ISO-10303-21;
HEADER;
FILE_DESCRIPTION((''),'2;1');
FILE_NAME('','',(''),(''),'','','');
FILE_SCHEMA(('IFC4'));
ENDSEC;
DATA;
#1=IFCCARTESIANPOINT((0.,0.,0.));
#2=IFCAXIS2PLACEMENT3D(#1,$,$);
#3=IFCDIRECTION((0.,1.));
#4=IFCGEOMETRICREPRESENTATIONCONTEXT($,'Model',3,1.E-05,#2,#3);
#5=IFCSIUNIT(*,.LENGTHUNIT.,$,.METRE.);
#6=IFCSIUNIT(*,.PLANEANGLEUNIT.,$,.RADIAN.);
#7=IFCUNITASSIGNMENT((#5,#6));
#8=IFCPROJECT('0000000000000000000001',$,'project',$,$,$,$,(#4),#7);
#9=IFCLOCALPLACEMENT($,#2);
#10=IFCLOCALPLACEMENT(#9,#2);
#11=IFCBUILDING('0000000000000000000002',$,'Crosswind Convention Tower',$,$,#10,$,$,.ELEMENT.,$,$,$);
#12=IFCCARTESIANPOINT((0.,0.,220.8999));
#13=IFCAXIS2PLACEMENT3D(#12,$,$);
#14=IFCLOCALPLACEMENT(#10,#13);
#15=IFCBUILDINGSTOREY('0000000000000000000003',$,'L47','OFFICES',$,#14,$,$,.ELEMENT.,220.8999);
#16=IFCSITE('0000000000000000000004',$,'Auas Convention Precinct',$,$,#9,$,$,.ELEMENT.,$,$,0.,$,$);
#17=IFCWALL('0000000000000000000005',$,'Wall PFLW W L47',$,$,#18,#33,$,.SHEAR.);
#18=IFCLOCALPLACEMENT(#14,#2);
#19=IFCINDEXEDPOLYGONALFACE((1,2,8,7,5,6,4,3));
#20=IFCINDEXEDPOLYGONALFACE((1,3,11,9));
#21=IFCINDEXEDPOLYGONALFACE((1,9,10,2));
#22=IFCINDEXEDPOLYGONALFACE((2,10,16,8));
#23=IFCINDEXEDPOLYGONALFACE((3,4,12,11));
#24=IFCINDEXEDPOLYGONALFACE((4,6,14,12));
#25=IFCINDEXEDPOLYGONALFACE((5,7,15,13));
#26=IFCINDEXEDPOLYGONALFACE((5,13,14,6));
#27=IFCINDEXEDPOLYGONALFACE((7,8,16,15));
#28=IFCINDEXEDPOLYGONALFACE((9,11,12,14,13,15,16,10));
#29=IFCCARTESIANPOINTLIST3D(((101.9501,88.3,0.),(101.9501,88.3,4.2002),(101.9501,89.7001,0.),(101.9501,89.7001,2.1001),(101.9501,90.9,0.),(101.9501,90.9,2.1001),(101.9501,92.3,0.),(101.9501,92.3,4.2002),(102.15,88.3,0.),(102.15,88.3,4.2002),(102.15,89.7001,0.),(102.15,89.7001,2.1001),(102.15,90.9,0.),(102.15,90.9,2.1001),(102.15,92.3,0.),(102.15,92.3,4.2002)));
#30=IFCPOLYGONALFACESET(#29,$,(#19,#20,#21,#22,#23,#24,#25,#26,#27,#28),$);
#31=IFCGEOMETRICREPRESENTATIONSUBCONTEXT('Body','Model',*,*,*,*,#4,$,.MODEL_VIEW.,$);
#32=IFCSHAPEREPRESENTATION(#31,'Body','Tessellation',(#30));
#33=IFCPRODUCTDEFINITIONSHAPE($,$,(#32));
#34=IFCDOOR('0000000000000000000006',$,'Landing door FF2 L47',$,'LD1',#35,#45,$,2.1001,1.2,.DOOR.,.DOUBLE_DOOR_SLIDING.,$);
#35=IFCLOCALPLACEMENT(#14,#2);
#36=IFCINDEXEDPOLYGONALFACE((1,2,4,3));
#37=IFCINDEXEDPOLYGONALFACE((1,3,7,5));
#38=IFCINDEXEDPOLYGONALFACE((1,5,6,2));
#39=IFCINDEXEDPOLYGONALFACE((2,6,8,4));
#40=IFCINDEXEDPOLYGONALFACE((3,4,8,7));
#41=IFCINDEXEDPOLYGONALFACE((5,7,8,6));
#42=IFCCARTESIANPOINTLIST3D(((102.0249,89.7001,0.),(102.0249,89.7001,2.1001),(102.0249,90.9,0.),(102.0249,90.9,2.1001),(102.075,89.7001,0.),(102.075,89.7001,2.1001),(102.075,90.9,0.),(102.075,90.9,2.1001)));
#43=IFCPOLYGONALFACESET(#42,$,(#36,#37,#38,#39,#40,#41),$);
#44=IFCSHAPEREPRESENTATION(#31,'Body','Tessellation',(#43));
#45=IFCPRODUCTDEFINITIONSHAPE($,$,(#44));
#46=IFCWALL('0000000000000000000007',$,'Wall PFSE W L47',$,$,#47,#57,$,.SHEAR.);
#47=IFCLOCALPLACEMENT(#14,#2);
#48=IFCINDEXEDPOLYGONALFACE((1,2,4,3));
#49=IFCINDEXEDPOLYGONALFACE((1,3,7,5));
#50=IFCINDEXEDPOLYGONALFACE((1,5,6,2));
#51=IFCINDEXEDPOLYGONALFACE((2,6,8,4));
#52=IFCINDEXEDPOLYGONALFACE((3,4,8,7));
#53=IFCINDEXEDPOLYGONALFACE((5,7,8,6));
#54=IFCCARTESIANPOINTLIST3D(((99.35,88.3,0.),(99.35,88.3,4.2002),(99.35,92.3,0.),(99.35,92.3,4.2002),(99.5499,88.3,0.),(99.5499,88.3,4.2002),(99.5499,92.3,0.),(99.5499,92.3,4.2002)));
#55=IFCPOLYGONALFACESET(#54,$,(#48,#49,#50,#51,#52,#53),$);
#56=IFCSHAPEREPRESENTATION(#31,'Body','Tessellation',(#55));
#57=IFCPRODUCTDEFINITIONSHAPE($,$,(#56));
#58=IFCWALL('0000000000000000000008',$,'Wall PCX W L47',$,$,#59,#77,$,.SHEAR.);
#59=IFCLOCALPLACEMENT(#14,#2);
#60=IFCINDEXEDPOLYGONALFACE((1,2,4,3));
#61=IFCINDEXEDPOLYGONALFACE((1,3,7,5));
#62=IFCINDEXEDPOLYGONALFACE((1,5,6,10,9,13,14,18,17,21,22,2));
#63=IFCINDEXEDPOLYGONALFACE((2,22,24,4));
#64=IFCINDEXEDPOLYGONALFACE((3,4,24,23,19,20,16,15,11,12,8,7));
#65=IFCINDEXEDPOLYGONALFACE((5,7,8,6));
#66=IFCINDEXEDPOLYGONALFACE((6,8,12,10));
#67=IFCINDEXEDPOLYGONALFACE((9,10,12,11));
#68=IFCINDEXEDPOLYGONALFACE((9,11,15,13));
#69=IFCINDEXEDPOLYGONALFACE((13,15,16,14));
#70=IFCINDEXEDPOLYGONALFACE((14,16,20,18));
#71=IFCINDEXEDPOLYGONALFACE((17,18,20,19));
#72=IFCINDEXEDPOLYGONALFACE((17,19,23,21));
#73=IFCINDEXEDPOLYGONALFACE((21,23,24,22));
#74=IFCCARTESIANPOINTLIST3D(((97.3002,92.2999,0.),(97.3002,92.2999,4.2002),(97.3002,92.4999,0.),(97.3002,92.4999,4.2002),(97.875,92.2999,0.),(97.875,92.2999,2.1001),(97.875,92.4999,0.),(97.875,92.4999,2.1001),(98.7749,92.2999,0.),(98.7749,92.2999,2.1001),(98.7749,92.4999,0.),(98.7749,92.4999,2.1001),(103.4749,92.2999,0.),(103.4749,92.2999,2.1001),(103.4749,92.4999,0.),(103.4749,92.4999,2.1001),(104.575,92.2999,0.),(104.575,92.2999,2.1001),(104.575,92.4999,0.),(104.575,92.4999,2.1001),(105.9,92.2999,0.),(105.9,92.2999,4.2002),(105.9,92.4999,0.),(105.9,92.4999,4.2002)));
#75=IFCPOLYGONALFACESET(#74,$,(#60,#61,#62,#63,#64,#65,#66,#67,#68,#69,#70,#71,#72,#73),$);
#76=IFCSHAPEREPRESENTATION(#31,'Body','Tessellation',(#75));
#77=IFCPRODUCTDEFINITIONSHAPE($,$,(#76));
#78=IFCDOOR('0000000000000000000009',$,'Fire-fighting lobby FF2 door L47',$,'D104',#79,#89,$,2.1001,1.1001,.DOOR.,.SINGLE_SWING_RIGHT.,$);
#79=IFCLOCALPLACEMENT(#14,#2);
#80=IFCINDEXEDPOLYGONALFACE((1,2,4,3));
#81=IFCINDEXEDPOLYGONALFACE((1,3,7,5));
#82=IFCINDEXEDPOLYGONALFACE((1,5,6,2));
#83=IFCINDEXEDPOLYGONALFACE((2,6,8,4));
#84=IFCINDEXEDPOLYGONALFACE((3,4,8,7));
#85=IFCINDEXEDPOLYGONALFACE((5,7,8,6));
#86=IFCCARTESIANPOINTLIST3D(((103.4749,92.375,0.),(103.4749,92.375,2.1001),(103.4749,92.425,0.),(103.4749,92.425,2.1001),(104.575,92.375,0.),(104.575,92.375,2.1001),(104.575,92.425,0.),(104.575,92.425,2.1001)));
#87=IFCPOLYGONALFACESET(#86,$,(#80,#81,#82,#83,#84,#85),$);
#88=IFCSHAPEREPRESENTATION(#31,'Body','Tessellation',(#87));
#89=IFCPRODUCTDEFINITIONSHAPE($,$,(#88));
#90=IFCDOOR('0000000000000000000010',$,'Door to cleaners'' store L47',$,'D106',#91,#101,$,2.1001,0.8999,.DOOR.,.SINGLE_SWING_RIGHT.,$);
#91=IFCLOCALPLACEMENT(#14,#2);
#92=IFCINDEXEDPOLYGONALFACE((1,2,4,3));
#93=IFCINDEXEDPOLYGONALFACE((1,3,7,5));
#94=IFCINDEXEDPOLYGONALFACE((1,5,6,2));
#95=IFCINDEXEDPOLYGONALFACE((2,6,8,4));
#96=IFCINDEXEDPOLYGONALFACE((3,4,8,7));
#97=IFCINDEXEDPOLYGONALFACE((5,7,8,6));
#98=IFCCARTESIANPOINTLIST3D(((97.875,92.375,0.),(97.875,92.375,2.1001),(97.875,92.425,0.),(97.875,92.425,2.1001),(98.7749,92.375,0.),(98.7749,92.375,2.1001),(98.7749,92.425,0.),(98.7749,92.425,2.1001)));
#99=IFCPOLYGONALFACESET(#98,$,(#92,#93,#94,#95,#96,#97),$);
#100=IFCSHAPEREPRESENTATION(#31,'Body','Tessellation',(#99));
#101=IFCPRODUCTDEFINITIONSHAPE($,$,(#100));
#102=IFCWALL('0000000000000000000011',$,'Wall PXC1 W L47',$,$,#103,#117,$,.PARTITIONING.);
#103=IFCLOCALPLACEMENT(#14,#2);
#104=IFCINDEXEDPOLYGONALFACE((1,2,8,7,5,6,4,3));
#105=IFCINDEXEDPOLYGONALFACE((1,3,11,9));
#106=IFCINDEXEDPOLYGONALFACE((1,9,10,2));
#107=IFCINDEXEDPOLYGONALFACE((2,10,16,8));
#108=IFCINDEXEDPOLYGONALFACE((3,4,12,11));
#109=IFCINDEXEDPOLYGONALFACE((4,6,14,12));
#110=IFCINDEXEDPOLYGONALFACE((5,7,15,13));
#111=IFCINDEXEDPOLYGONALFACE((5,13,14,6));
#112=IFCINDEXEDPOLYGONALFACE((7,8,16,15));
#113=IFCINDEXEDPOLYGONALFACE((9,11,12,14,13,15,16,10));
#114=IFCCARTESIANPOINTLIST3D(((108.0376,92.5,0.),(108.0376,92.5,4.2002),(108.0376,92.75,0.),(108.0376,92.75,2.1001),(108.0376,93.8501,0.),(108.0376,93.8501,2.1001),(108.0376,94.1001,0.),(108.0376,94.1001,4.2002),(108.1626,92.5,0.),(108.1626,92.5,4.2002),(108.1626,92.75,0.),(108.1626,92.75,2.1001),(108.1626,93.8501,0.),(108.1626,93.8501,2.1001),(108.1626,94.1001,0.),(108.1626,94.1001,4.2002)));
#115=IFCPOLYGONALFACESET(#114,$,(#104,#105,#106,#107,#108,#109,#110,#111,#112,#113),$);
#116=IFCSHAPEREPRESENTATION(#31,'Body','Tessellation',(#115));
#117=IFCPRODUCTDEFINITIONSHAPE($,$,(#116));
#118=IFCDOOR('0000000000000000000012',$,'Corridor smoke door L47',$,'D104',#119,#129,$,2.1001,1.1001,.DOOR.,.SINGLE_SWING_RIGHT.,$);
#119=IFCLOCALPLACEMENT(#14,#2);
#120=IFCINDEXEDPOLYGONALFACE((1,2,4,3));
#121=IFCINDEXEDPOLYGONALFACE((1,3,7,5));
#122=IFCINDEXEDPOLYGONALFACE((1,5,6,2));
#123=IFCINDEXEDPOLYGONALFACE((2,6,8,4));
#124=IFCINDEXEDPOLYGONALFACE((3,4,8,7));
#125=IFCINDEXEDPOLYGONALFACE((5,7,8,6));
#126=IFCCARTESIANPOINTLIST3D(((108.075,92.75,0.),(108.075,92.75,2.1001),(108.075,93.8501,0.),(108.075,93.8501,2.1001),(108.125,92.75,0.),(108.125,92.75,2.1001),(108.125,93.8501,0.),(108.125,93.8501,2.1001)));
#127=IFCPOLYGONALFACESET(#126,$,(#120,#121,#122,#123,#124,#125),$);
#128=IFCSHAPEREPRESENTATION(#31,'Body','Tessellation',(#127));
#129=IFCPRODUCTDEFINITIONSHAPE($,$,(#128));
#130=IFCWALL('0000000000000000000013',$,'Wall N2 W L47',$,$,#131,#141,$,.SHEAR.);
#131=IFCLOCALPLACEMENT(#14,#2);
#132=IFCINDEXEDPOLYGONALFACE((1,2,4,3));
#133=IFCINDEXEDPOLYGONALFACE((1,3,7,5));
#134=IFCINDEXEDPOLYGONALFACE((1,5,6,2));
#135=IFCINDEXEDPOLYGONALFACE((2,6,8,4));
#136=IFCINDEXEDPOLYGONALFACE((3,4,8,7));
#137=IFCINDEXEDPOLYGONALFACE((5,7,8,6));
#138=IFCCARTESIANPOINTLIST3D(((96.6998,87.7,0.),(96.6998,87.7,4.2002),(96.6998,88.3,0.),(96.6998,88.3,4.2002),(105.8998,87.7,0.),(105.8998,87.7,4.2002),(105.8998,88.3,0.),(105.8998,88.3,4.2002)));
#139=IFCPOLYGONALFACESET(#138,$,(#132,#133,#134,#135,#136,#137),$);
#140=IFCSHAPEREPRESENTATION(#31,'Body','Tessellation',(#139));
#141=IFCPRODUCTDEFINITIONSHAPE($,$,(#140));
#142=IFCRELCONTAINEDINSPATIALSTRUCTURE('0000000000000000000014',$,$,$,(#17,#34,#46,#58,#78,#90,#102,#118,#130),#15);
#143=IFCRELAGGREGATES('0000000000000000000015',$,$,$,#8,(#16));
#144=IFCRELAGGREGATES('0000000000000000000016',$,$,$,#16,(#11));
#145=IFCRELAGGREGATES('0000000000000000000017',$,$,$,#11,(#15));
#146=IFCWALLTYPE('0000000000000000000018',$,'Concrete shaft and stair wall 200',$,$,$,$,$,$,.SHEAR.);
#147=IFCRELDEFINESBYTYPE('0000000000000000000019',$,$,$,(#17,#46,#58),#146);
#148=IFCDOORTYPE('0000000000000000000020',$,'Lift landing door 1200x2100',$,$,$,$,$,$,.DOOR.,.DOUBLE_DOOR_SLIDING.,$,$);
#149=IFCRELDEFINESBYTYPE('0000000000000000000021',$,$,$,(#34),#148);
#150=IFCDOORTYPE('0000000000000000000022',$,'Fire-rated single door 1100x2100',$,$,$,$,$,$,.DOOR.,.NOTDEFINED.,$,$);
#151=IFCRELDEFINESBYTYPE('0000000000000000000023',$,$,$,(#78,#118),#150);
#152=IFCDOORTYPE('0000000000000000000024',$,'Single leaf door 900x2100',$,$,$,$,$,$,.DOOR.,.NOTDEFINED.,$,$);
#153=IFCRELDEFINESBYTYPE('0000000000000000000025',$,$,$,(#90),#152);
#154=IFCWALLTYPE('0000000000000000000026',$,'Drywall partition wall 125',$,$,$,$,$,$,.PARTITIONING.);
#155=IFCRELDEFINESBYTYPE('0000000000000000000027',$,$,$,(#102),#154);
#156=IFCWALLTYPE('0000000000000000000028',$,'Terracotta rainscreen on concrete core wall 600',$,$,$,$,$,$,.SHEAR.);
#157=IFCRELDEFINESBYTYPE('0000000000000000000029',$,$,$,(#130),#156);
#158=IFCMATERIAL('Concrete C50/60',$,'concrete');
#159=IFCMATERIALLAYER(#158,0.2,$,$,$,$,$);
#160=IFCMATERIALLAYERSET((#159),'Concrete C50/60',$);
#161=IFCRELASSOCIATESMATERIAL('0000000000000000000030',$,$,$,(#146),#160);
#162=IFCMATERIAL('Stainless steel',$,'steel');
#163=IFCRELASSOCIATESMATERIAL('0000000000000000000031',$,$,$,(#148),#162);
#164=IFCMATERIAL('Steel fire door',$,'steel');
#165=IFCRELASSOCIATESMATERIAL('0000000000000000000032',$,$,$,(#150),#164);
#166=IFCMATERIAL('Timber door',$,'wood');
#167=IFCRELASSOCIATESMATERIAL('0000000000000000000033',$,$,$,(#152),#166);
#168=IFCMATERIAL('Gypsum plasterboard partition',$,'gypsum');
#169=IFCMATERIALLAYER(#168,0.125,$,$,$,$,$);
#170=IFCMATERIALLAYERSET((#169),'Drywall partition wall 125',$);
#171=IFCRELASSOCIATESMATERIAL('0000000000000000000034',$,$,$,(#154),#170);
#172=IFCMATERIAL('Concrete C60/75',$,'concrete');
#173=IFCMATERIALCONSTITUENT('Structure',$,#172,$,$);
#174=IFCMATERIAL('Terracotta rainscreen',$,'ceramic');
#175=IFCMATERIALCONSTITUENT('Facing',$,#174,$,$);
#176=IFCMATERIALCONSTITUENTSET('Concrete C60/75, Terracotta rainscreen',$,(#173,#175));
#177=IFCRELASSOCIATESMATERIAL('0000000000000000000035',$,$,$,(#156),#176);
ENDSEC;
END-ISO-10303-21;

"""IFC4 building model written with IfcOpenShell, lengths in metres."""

from ifc_helpers import new_model, si_unit, direction, frame, frame_2d, origin, place, context, subcontext, project, spatial, rectangle, extrude, material, layer, layer_set, constituent, constituent_set, type_object, element, fill, save


model = new_model("IFC4")

# Units and contexts
model_context = context("Model", 3, precision=1e-05, world=origin(), true_north=direction((0.0, 1.0)))
body_context = subcontext(model_context, "Body", "Model", "MODEL_VIEW")
ifc_project = project(units=[si_unit("LENGTHUNIT", "METRE"), si_unit("PLANEANGLEUNIT", "RADIAN")], contexts=[model_context])

# Site, building, storey
site_placement = place(None, origin())
site = spatial("IfcSite", under=ifc_project, at=site_placement, Name="Auas Convention Precinct", CompositionType="ELEMENT", RefElevation=0.0)
building_placement = place(site_placement, origin())
building = spatial("IfcBuilding", under=site, at=building_placement, Name="Crosswind Convention Tower", CompositionType="ELEMENT")
storey_placement = place(building_placement, frame((0.0, 0.0, 220.8999)))
storey = spatial("IfcBuildingStorey", under=building, at=storey_placement, Name="L47", Description="OFFICES", CompositionType="ELEMENT", Elevation=220.8999)

# Shared definitions
ifc_material_1 = material(Name="Concrete C50/60", Category="concrete")
ifc_layer_1 = layer(ifc_material_1, 0.2)
ifc_layer_set_1 = layer_set([ifc_layer_1], Name="Concrete C50/60")
wall_type_1 = type_object("IfcWallType", Name="Concrete shaft and stair wall 200", PredefinedType="SHEAR", material=ifc_layer_set_1)

# Wall, opening, door
wall_1_placement = place(storey_placement, frame((102.05, 92.3, 0.0), z_axis=(0.0, 0.0, 1.0), x_axis=(0.0, -1.0, 0.0)))
wall_1 = element("IfcWall", 1, at=wall_1_placement, inside=storey, type_object=wall_type_1, Name="Wall PFLW W L47", PredefinedType="SHEAR", context=body_context, shape_type="SweptSolid", body=[
    extrude(rectangle(XDim=4.0, YDim=0.2, at=frame_2d((2.0, 0.0))), origin(), (0.0, 0.0, 1.0), 4.2002),
])
opening_1_placement = place(wall_1_placement, frame((1.3999, 0.0, 0.0)))
opening_1 = element("IfcOpeningElement", 2, at=opening_1_placement, cuts=wall_1, PredefinedType="OPENING", context=body_context, shape_type="SweptSolid", body=[
    extrude(rectangle(XDim=1.2, YDim=2.1001, at=frame_2d((0.6001, 1.05))), frame((0.0, 0.1099, 0.0), z_axis=(0.0, -1.0, 0.0), x_axis=(1.0, 0.0, 0.0)), (0.0, 0.0, 1.0), 0.22),
])
ifc_material_2 = material(Name="Stainless steel", Category="steel")
door_type_1 = type_object("IfcDoorType", Name="Lift landing door 1200x2100", OperationType="DOUBLE_DOOR_SLIDING", PredefinedType="DOOR", material=ifc_material_2)
door_1_placement = place(opening_1_placement, origin())
door_1 = element("IfcDoor", 3, at=door_1_placement, inside=storey, type_object=door_type_1, Name="Landing door FF2 L47", ObjectType="LD1", OperationType="DOUBLE_DOOR_SLIDING", OverallHeight=2.1001, OverallWidth=1.2, PredefinedType="DOOR", context=body_context, shape_type="SweptSolid", body=[
    extrude(rectangle(XDim=1.2, YDim=2.1001, at=frame_2d((0.6001, 1.05))), frame((0.0, 0.0249, 0.0), z_axis=(0.0, -1.0, 0.0), x_axis=(1.0, 0.0, 0.0)), (0.0, 0.0, 1.0), 0.05),
])
fill(opening_1, door_1)

# Wall
wall_2_placement = place(storey_placement, frame((99.45, 92.3, 0.0), z_axis=(0.0, 0.0, 1.0), x_axis=(0.0, -1.0, 0.0)))
element("IfcWall", 4, at=wall_2_placement, inside=storey, type_object=wall_type_1, Name="Wall PFSE W L47", PredefinedType="SHEAR", context=body_context, shape_type="SweptSolid", body=[
    extrude(rectangle(XDim=4.0, YDim=0.2, at=frame_2d((2.0, 0.0))), origin(), (0.0, 0.0, 1.0), 4.2002),
])

# Wall, openings, doors
wall_3_placement = place(storey_placement, frame((105.8999, 92.3999, 0.0), z_axis=(0.0, 0.0, 1.0), x_axis=(-1.0, 0.0, 0.0)))
wall_3 = element("IfcWall", 5, at=wall_3_placement, inside=storey, type_object=wall_type_1, Name="Wall PCX W L47", PredefinedType="SHEAR", context=body_context, shape_type="SweptSolid", body=[
    extrude(rectangle(XDim=8.5999, YDim=0.2, at=frame_2d((4.2998, 0.0))), origin(), (0.0, 0.0, 1.0), 4.2002),
])
opening_2_placement = place(wall_3_placement, frame((1.325, 0.0, 0.0)))
opening_2 = element("IfcOpeningElement", 6, at=opening_2_placement, cuts=wall_3, PredefinedType="OPENING", context=body_context, shape_type="SweptSolid", body=[
    extrude(rectangle(XDim=1.1001, YDim=2.1001, at=frame_2d((0.55, 1.05))), frame((0.0, 0.1099, 0.0), z_axis=(0.0, -1.0, 0.0), x_axis=(1.0, 0.0, 0.0)), (0.0, 0.0, 1.0), 0.22),
])
opening_3_placement = place(wall_3_placement, frame((7.125, 0.0, 0.0)))
opening_3 = element("IfcOpeningElement", 7, at=opening_3_placement, cuts=wall_3, PredefinedType="OPENING", context=body_context, shape_type="SweptSolid", body=[
    extrude(rectangle(XDim=0.8999, YDim=2.1001, at=frame_2d((0.45, 1.05))), frame((0.0, 0.1099, 0.0), z_axis=(0.0, -1.0, 0.0), x_axis=(1.0, 0.0, 0.0)), (0.0, 0.0, 1.0), 0.22),
])
ifc_material_3 = material(Name="Steel fire door", Category="steel")
door_type_2 = type_object("IfcDoorType", Name="Fire-rated single door 1100x2100", OperationType="NOTDEFINED", PredefinedType="DOOR", material=ifc_material_3)
door_2_placement = place(opening_2_placement, origin())
door_2 = element("IfcDoor", 8, at=door_2_placement, inside=storey, type_object=door_type_2, Name="Fire-fighting lobby FF2 door L47", ObjectType="D104", OperationType="SINGLE_SWING_RIGHT", OverallHeight=2.1001, OverallWidth=1.1001, PredefinedType="DOOR", context=body_context, shape_type="SweptSolid", body=[
    extrude(rectangle(XDim=1.1001, YDim=2.1001, at=frame_2d((0.55, 1.05))), frame((0.0, 0.0249, 0.0), z_axis=(0.0, -1.0, 0.0), x_axis=(1.0, 0.0, 0.0)), (0.0, 0.0, 1.0), 0.05),
])
fill(opening_2, door_2)
ifc_material_4 = material(Name="Timber door", Category="wood")
door_type_3 = type_object("IfcDoorType", Name="Single leaf door 900x2100", OperationType="NOTDEFINED", PredefinedType="DOOR", material=ifc_material_4)
door_3_placement = place(opening_3_placement, origin())
door_3 = element("IfcDoor", 9, at=door_3_placement, inside=storey, type_object=door_type_3, Name="Door to cleaners' store L47", ObjectType="D106", OperationType="SINGLE_SWING_RIGHT", OverallHeight=2.1001, OverallWidth=0.8999, PredefinedType="DOOR", context=body_context, shape_type="SweptSolid", body=[
    extrude(rectangle(XDim=0.8999, YDim=2.1001, at=frame_2d((0.45, 1.05))), frame((0.0, 0.0249, 0.0), z_axis=(0.0, -1.0, 0.0), x_axis=(1.0, 0.0, 0.0)), (0.0, 0.0, 1.0), 0.05),
])
fill(opening_3, door_3)

# Wall, opening, door
ifc_material_5 = material(Name="Gypsum plasterboard partition", Category="gypsum")
ifc_layer_2 = layer(ifc_material_5, 0.125)
ifc_layer_set_2 = layer_set([ifc_layer_2], Name="Drywall partition wall 125")
wall_type_2 = type_object("IfcWallType", Name="Drywall partition wall 125", PredefinedType="PARTITIONING", material=ifc_layer_set_2)
wall_4_placement = place(storey_placement, frame((108.1001, 94.1001, 0.0), z_axis=(0.0, 0.0, 1.0), x_axis=(0.0, -1.0, 0.0)))
wall_4 = element("IfcWall", 10, at=wall_4_placement, inside=storey, type_object=wall_type_2, Name="Wall PXC1 W L47", PredefinedType="PARTITIONING", context=body_context, shape_type="SweptSolid", body=[
    extrude(rectangle(XDim=1.6001, YDim=0.125, at=frame_2d((0.8, 0.0))), origin(), (0.0, 0.0, 1.0), 4.2002),
])
opening_4_placement = place(wall_4_placement, frame((0.25, 0.0, 0.0)))
opening_4 = element("IfcOpeningElement", 11, at=opening_4_placement, cuts=wall_4, PredefinedType="OPENING", context=body_context, shape_type="SweptSolid", body=[
    extrude(rectangle(XDim=1.1001, YDim=2.1001, at=frame_2d((0.55, 1.05))), frame((0.0, 0.0725, 0.0), z_axis=(0.0, -1.0, 0.0), x_axis=(1.0, 0.0, 0.0)), (0.0, 0.0, 1.0), 0.145),
])
door_4_placement = place(opening_4_placement, origin())
door_4 = element("IfcDoor", 12, at=door_4_placement, inside=storey, type_object=door_type_2, Name="Corridor smoke door L47", ObjectType="D104", OperationType="SINGLE_SWING_RIGHT", OverallHeight=2.1001, OverallWidth=1.1001, PredefinedType="DOOR", context=body_context, shape_type="SweptSolid", body=[
    extrude(rectangle(XDim=1.1001, YDim=2.1001, at=frame_2d((0.55, 1.05))), frame((0.0, 0.0249, 0.0), z_axis=(0.0, -1.0, 0.0), x_axis=(1.0, 0.0, 0.0)), (0.0, 0.0, 1.0), 0.05),
])
fill(opening_4, door_4)

# Wall
ifc_material_6 = material(Name="Concrete C60/75", Category="concrete")
ifc_constituent_1 = constituent(ifc_material_6, Name="Structure")
ifc_material_7 = material(Name="Terracotta rainscreen", Category="ceramic")
ifc_constituent_2 = constituent(ifc_material_7, Name="Facing")
ifc_constituent_set = constituent_set(constituents=[ifc_constituent_1, ifc_constituent_2], Name="Concrete C60/75, Terracotta rainscreen")
wall_type_3 = type_object("IfcWallType", Name="Terracotta rainscreen on concrete core wall 600", PredefinedType="SHEAR", material=ifc_constituent_set)
wall_5_placement = place(storey_placement, frame((105.8999, 88.0, 0.0), z_axis=(0.0, 0.0, 1.0), x_axis=(-1.0, 0.0, 0.0)))
element("IfcWall", 13, at=wall_5_placement, inside=storey, type_object=wall_type_3, Name="Wall N2 W L47", PredefinedType="SHEAR", context=body_context, shape_type="SweptSolid", body=[
    extrude(rectangle(XDim=9.2, YDim=0.6001, at=frame_2d((4.6001, 0.0))), origin(), (0.0, 0.0, 1.0), 4.2002),
])

save(model, "model.ifc")
